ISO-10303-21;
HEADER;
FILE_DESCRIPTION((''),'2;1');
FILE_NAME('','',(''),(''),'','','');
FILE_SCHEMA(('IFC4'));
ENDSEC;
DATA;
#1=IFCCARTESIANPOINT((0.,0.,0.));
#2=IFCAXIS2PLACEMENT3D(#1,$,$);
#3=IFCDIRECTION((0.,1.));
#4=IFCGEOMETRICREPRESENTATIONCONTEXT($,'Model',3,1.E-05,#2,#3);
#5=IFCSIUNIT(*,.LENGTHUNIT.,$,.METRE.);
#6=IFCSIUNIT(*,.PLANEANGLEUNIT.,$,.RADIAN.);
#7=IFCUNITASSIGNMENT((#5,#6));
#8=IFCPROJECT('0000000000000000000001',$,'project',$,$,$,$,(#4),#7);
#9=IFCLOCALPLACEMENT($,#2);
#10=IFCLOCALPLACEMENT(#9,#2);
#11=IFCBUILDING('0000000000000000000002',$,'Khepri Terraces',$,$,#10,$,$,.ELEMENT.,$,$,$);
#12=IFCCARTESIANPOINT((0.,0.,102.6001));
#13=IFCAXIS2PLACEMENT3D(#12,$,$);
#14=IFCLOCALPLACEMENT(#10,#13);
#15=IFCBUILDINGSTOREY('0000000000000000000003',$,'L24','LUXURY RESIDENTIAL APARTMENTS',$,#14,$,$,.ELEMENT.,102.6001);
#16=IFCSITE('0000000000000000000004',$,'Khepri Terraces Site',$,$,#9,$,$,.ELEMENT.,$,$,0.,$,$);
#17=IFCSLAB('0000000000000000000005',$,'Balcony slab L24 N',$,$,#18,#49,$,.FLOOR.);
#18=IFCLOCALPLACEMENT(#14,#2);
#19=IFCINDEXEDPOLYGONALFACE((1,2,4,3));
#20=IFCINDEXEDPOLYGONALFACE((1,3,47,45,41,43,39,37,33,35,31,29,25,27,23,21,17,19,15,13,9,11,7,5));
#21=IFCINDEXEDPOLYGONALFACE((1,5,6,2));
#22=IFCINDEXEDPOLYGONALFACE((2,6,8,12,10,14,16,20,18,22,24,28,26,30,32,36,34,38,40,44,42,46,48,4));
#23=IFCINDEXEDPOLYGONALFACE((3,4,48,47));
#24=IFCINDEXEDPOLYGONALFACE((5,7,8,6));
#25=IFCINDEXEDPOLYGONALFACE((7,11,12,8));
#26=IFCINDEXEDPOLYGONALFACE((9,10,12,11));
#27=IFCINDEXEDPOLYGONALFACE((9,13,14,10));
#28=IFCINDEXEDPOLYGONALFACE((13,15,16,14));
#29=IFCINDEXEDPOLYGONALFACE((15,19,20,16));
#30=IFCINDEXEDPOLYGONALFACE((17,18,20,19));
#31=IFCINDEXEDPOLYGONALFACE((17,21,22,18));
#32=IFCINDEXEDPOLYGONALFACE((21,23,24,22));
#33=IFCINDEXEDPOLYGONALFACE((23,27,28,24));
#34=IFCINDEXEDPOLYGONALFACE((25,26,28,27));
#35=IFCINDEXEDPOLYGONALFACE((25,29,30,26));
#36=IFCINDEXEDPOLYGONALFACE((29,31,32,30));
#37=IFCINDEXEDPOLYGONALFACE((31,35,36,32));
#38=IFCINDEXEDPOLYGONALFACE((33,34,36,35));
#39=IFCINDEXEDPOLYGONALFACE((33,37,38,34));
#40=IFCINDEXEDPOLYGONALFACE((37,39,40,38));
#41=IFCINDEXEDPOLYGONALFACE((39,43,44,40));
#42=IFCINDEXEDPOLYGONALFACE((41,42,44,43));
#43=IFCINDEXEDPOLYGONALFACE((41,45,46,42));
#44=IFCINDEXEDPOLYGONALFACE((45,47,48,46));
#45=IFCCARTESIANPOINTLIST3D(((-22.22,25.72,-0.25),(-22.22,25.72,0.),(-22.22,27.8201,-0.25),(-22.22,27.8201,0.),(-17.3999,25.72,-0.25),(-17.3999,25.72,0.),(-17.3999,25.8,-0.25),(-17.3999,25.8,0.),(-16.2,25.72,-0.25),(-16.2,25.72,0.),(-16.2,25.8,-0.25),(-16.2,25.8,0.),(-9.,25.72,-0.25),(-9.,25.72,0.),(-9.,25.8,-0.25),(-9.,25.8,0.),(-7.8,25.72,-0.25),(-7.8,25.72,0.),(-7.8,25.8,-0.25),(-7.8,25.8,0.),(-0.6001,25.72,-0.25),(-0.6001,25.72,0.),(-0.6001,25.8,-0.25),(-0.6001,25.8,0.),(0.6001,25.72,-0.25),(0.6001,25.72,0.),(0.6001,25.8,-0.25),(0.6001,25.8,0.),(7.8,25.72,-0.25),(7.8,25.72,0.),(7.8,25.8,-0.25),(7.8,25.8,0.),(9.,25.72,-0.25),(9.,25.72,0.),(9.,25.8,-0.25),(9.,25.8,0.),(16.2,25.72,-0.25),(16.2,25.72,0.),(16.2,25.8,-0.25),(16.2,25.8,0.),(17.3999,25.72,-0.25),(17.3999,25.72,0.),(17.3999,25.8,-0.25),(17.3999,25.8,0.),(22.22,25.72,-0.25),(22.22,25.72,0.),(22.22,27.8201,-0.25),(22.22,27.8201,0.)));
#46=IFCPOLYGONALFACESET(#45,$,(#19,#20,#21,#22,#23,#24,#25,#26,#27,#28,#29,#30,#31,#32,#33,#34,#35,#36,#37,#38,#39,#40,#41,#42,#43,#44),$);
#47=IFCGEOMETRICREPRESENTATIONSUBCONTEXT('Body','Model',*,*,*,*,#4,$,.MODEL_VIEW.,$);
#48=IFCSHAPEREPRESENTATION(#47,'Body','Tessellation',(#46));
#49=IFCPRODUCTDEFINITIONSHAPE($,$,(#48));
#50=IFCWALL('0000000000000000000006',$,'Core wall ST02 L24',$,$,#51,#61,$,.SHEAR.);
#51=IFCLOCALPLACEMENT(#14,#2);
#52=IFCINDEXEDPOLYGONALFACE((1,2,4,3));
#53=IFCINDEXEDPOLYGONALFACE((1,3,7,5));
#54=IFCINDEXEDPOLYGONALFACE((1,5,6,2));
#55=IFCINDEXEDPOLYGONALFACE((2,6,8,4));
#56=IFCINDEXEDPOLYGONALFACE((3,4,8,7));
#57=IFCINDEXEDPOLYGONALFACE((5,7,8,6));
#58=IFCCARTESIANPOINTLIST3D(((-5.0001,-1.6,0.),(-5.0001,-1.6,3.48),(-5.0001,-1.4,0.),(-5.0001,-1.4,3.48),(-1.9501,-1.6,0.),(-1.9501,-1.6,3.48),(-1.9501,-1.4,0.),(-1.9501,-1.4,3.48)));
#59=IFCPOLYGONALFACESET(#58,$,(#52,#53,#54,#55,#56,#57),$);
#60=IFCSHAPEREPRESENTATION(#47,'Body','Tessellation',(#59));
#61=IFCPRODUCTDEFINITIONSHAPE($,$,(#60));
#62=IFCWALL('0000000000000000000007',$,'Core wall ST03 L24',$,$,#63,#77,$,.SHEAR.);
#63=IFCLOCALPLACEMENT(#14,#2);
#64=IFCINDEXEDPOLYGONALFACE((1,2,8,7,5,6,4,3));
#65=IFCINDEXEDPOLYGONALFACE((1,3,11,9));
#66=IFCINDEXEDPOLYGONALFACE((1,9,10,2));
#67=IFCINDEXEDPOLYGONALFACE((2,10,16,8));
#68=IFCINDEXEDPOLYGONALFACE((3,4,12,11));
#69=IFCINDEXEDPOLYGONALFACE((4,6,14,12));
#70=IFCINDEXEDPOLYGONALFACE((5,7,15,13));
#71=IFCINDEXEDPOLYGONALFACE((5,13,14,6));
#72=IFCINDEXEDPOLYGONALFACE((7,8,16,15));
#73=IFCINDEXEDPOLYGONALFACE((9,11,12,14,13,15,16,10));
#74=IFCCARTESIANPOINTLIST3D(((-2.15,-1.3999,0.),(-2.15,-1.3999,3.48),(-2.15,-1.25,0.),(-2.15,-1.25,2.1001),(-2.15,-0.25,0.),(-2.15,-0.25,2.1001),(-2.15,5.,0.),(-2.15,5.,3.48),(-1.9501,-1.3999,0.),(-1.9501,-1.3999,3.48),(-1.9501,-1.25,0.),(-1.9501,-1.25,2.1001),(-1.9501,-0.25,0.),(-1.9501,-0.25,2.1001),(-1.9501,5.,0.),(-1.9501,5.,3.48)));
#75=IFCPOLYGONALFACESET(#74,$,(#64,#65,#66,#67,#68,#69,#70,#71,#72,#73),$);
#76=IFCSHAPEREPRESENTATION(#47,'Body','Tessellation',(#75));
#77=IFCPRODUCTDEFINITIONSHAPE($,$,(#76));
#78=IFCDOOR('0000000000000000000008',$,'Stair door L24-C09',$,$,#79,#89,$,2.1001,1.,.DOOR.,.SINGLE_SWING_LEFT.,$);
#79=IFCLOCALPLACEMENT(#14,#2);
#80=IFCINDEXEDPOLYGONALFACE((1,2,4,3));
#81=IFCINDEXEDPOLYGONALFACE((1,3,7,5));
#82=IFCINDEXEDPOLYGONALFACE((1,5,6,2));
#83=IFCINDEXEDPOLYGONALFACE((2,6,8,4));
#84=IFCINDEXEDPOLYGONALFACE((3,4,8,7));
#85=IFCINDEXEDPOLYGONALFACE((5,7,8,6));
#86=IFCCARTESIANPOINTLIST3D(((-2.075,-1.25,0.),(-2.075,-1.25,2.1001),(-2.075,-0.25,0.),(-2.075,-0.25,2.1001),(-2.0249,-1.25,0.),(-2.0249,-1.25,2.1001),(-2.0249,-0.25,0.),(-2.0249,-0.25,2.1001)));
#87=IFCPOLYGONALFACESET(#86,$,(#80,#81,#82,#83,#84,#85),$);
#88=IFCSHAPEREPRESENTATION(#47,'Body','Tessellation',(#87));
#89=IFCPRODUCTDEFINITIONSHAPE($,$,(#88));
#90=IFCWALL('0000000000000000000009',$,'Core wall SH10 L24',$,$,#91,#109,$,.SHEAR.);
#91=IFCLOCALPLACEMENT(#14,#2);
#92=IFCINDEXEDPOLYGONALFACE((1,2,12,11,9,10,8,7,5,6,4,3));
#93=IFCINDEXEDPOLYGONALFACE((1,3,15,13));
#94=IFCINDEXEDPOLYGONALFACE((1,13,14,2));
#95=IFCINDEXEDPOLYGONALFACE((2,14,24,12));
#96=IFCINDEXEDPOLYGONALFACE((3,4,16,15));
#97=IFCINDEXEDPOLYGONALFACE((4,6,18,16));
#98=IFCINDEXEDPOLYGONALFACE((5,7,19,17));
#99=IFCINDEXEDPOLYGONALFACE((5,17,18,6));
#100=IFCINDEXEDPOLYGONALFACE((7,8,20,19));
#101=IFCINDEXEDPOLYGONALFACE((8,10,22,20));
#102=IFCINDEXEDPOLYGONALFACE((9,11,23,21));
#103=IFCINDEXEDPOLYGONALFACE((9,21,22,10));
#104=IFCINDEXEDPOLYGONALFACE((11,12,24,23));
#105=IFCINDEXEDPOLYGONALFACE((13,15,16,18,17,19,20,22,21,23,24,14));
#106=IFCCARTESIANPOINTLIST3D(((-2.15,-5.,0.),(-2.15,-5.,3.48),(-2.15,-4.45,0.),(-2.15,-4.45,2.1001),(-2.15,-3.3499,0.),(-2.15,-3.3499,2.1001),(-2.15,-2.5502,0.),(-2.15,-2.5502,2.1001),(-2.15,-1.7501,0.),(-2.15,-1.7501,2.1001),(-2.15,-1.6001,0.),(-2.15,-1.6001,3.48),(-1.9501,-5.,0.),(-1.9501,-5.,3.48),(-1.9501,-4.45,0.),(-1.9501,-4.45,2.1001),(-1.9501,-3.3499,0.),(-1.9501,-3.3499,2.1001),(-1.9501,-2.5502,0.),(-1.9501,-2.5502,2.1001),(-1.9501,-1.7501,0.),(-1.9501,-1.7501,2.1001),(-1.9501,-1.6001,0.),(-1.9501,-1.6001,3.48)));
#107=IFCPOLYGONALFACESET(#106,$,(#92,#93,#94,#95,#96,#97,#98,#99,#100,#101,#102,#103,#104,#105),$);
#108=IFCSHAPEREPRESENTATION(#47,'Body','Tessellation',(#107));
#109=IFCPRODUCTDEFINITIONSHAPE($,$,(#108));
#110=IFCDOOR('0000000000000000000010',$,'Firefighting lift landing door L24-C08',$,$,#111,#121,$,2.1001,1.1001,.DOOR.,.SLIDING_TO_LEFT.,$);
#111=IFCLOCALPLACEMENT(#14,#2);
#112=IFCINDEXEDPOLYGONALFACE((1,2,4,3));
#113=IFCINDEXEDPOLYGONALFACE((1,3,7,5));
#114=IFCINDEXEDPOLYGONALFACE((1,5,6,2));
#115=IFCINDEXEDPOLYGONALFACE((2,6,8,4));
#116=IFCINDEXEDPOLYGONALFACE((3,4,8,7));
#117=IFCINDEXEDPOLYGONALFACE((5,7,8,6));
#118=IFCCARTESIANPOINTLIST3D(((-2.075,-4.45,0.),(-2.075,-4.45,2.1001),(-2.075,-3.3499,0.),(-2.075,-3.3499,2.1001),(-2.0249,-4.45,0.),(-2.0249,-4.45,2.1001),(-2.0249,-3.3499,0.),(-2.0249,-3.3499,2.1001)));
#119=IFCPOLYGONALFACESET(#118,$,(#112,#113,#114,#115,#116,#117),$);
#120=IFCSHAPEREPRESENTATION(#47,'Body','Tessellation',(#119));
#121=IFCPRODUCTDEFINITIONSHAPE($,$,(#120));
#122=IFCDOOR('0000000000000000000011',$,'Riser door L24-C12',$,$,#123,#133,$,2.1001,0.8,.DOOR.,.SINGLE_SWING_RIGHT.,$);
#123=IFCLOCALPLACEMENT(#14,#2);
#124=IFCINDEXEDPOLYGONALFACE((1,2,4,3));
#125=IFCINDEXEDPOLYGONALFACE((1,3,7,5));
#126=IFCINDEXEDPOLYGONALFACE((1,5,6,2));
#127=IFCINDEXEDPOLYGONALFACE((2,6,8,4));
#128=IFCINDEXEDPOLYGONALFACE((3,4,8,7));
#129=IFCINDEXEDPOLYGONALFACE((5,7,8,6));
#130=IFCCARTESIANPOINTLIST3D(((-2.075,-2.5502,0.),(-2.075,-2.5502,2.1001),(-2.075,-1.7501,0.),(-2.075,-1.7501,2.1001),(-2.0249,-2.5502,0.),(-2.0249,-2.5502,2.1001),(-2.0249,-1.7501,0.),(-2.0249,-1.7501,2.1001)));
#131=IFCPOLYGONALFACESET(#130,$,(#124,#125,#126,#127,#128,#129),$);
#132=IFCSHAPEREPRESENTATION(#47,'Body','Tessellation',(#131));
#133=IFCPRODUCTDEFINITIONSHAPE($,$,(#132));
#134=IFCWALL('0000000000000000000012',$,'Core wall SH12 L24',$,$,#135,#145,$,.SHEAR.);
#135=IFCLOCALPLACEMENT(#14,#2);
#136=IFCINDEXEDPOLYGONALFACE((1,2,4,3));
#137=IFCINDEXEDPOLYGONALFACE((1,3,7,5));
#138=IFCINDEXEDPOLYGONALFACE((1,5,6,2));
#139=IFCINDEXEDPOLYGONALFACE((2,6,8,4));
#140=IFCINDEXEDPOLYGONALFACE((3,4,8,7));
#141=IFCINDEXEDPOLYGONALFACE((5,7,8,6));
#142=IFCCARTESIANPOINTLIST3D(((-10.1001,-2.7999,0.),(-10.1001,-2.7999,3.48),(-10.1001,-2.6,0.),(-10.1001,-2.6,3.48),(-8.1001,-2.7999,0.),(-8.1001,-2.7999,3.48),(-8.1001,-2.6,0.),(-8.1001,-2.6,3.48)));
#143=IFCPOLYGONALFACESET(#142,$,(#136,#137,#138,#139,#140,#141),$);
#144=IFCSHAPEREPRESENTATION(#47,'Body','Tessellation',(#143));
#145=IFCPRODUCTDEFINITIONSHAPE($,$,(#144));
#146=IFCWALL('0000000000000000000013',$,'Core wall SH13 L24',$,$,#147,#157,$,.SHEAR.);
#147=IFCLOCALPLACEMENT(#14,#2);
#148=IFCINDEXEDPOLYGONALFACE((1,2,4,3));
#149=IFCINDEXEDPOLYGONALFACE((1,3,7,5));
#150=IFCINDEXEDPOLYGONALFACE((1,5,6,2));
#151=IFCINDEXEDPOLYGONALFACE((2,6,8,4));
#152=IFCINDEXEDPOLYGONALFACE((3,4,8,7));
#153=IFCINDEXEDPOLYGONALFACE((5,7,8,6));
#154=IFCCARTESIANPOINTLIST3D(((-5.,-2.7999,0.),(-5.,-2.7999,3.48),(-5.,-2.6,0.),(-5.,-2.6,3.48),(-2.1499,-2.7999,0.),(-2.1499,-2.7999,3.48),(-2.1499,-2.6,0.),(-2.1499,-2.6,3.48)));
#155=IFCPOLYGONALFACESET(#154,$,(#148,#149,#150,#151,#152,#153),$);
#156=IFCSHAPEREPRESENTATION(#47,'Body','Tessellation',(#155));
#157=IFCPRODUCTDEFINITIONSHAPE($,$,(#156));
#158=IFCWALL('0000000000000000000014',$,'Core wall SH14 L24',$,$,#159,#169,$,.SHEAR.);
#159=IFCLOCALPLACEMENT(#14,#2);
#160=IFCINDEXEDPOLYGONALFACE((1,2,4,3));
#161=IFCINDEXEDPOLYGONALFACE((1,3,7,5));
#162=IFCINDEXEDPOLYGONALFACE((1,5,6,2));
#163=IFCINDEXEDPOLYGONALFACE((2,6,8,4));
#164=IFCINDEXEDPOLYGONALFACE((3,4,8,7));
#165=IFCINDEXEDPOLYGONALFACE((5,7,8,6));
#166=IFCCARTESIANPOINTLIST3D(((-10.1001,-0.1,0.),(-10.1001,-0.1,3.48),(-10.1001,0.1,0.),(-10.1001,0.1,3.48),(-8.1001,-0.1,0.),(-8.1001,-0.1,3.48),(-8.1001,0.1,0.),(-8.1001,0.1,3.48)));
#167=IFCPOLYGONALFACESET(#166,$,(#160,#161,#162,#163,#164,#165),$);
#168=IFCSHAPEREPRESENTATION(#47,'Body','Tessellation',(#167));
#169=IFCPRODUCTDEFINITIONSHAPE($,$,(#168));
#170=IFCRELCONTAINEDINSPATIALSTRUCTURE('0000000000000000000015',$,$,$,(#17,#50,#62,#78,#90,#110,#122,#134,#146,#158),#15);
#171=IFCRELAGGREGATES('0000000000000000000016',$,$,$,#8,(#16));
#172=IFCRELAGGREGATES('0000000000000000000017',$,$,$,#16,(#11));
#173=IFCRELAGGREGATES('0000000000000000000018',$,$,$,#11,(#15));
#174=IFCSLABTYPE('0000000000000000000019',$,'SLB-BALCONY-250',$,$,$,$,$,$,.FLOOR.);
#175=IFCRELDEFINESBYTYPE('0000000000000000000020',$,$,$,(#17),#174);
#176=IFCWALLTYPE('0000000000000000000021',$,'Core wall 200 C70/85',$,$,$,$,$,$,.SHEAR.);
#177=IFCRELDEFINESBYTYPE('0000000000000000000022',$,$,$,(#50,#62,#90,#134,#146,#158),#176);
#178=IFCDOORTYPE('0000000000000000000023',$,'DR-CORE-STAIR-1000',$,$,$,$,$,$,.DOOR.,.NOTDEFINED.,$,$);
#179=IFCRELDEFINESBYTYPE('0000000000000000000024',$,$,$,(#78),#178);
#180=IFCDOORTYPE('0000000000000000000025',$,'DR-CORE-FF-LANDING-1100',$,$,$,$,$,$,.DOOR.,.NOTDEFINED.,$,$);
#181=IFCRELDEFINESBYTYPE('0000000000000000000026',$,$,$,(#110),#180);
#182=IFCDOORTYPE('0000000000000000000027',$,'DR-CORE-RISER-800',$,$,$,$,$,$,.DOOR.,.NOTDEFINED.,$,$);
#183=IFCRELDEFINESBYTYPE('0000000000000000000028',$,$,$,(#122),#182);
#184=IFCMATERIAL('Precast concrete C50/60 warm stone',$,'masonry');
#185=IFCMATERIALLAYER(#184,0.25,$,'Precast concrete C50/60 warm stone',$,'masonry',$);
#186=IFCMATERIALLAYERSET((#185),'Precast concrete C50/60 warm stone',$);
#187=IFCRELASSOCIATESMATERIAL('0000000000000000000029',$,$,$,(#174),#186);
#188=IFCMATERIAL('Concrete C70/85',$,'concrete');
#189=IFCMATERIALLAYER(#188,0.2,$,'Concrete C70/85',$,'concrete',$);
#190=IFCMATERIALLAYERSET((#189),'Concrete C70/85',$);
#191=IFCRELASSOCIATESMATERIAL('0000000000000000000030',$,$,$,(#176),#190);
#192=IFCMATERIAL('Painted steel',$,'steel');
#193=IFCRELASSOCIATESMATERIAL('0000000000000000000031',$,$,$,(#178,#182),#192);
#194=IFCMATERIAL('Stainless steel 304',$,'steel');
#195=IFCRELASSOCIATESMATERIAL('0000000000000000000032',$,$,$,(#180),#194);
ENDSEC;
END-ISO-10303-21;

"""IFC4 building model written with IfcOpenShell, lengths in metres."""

from ifc_helpers import new_model, si_unit, direction, frame, frame_2d, origin, place, context, subcontext, project, spatial, polyline, rectangle, outline, extrude, material, layer, layer_set, type_object, element, fill, save


model = new_model("IFC4")

# Units and contexts
model_context = context("Model", 3, precision=1e-05, world=origin(), true_north=direction((0.0, 1.0)))
body_context = subcontext(model_context, "Body", "Model", "MODEL_VIEW")
ifc_project = project(units=[si_unit("LENGTHUNIT", "METRE"), si_unit("PLANEANGLEUNIT", "RADIAN")], contexts=[model_context])

# Site, building, storey
site_placement = place(None, origin())
site = spatial("IfcSite", under=ifc_project, at=site_placement, Name="Khepri Terraces Site", CompositionType="ELEMENT", RefElevation=0.0)
building_placement = place(site_placement, origin())
building = spatial("IfcBuilding", under=site, at=building_placement, Name="Khepri Terraces", CompositionType="ELEMENT")
storey_placement = place(building_placement, frame((0.0, 0.0, 102.6001)))
storey = spatial("IfcBuildingStorey", under=building, at=storey_placement, Name="L24", Description="LUXURY RESIDENTIAL APARTMENTS", CompositionType="ELEMENT", Elevation=102.6001)

# Slab
ifc_material_1 = material(Name="Precast concrete C50/60 warm stone", Category="masonry")
ifc_layer_1 = layer(ifc_material_1, 0.25, Name="Precast concrete C50/60 warm stone", Category="masonry")
ifc_layer_set_1 = layer_set([ifc_layer_1], Name="Precast concrete C50/60 warm stone")
slab_type_1 = type_object("IfcSlabType", Name="SLB-BALCONY-250", PredefinedType="FLOOR", material=ifc_layer_set_1)
slab_1_placement = place(storey_placement, frame((0.0, 0.0, -0.25)))
element("IfcSlab", 1, at=slab_1_placement, inside=storey, type_object=slab_type_1, Name="Balcony slab L24 N", PredefinedType="FLOOR", context=body_context, shape_type="SweptSolid", body=[
    extrude(outline(polyline([(17.3999, 25.72), (22.22, 25.72), (22.22, 27.8201), (-22.22, 27.8201), (-22.22, 25.72), (-17.3999, 25.72), (-17.3999, 25.8), (-16.2, 25.8), (-16.2, 25.72), (-9.0, 25.72), (-9.0, 25.8), (-7.8, 25.8), (-7.8, 25.72), (-0.6001, 25.72), (-0.6001, 25.8), (0.6001, 25.8), (0.6001, 25.72), (7.8, 25.72), (7.8, 25.8), (9.0, 25.8), (9.0, 25.72), (16.2, 25.72), (16.2, 25.8), (17.3999, 25.8), (17.3999, 25.72)])), origin(), (0.0, 0.0, 1.0), 0.25),
])

# Wall
ifc_material_2 = material(Name="Concrete C70/85", Category="concrete")
ifc_layer_2 = layer(ifc_material_2, 0.2, Name="Concrete C70/85", Category="concrete")
ifc_layer_set_2 = layer_set([ifc_layer_2], Name="Concrete C70/85")
wall_type_1 = type_object("IfcWallType", Name="Core wall 200 C70/85", PredefinedType="SHEAR", material=ifc_layer_set_2)
wall_1_placement = place(storey_placement, frame((-5.0, -1.5, 0.0), z_axis=(0.0, 0.0, 1.0), x_axis=(1.0, 0.0, 0.0)))
element("IfcWall", 2, at=wall_1_placement, inside=storey, type_object=wall_type_1, Name="Core wall ST02 L24", PredefinedType="SHEAR", context=body_context, shape_type="SweptSolid", body=[
    extrude(rectangle(XDim=3.05, YDim=0.2, at=frame_2d((1.5249, 0.0))), origin(), (0.0, 0.0, 1.0), 3.48),
])

# Wall, opening, door
wall_2_placement = place(storey_placement, frame((-2.05, -1.3999, 0.0), z_axis=(0.0, 0.0, 1.0), x_axis=(0.0, 1.0, 0.0)))
wall_2 = element("IfcWall", 3, at=wall_2_placement, inside=storey, type_object=wall_type_1, Name="Core wall ST03 L24", PredefinedType="SHEAR", context=body_context, shape_type="SweptSolid", body=[
    extrude(rectangle(XDim=6.3999, YDim=0.2, at=frame_2d((3.2, 0.0))), origin(), (0.0, 0.0, 1.0), 3.48),
])
opening_1_placement = place(wall_2_placement, frame((0.1499, 0.0, 0.0)))
opening_1 = element("IfcOpeningElement", 4, at=opening_1_placement, cuts=wall_2, PredefinedType="OPENING", context=body_context, shape_type="SweptSolid", body=[
    extrude(rectangle(XDim=1.0, YDim=2.1001, at=frame_2d((0.5, 1.05))), frame((0.0, 0.1099, 0.0), z_axis=(0.0, -1.0, 0.0), x_axis=(1.0, 0.0, 0.0)), (0.0, 0.0, 1.0), 0.22),
])
ifc_material_3 = material(Name="Painted steel", Category="steel")
door_type_1 = type_object("IfcDoorType", Name="DR-CORE-STAIR-1000", OperationType="NOTDEFINED", PredefinedType="DOOR", material=ifc_material_3)
door_1_placement = place(opening_1_placement, origin())
door_1 = element("IfcDoor", 5, at=door_1_placement, inside=storey, type_object=door_type_1, Name="Stair door L24-C09", OperationType="SINGLE_SWING_LEFT", OverallHeight=2.1001, OverallWidth=1.0, PredefinedType="DOOR", context=body_context, shape_type="SweptSolid", body=[
    extrude(rectangle(XDim=1.0, YDim=2.1001, at=frame_2d((0.5, 1.05))), frame((0.0, 0.0249, 0.0), z_axis=(0.0, -1.0, 0.0), x_axis=(1.0, 0.0, 0.0)), (0.0, 0.0, 1.0), 0.05),
])
fill(opening_1, door_1)

# Wall, openings, doors
wall_3_placement = place(storey_placement, frame((-2.05, -5.0, 0.0), z_axis=(0.0, 0.0, 1.0), x_axis=(0.0, 1.0, 0.0)))
wall_3 = element("IfcWall", 6, at=wall_3_placement, inside=storey, type_object=wall_type_1, Name="Core wall SH10 L24", PredefinedType="SHEAR", context=body_context, shape_type="SweptSolid", body=[
    extrude(rectangle(XDim=3.3999, YDim=0.2, at=frame_2d((1.7, 0.0))), origin(), (0.0, 0.0, 1.0), 3.48),
])
opening_2_placement = place(wall_3_placement, frame((0.55, 0.0, 0.0)))
opening_2 = element("IfcOpeningElement", 7, at=opening_2_placement, cuts=wall_3, PredefinedType="OPENING", context=body_context, shape_type="SweptSolid", body=[
    extrude(rectangle(XDim=1.1001, YDim=2.1001, at=frame_2d((0.55, 1.05))), frame((0.0, 0.1099, 0.0), z_axis=(0.0, -1.0, 0.0), x_axis=(1.0, 0.0, 0.0)), (0.0, 0.0, 1.0), 0.22),
])
opening_3_placement = place(wall_3_placement, frame((2.45, 0.0, 0.0)))
opening_3 = element("IfcOpeningElement", 8, at=opening_3_placement, cuts=wall_3, PredefinedType="OPENING", context=body_context, shape_type="SweptSolid", body=[
    extrude(rectangle(XDim=0.8, YDim=2.1001, at=frame_2d((0.3999, 1.05))), frame((0.0, 0.1099, 0.0), z_axis=(0.0, -1.0, 0.0), x_axis=(1.0, 0.0, 0.0)), (0.0, 0.0, 1.0), 0.22),
])
ifc_material_4 = material(Name="Stainless steel 304", Category="steel")
door_type_2 = type_object("IfcDoorType", Name="DR-CORE-FF-LANDING-1100", OperationType="NOTDEFINED", PredefinedType="DOOR", material=ifc_material_4)
door_2_placement = place(opening_2_placement, origin())
door_2 = element("IfcDoor", 9, at=door_2_placement, inside=storey, type_object=door_type_2, Name="Firefighting lift landing door L24-C08", OperationType="SLIDING_TO_LEFT", OverallHeight=2.1001, OverallWidth=1.1001, PredefinedType="DOOR", context=body_context, shape_type="SweptSolid", body=[
    extrude(rectangle(XDim=1.1001, YDim=2.1001, at=frame_2d((0.55, 1.05))), frame((0.0, 0.0249, 0.0), z_axis=(0.0, -1.0, 0.0), x_axis=(1.0, 0.0, 0.0)), (0.0, 0.0, 1.0), 0.05),
])
fill(opening_2, door_2)
door_type_3 = type_object("IfcDoorType", Name="DR-CORE-RISER-800", OperationType="NOTDEFINED", PredefinedType="DOOR", material=ifc_material_3)
door_3_placement = place(opening_3_placement, origin())
door_3 = element("IfcDoor", 10, at=door_3_placement, inside=storey, type_object=door_type_3, Name="Riser door L24-C12", OperationType="SINGLE_SWING_RIGHT", OverallHeight=2.1001, OverallWidth=0.8, PredefinedType="DOOR", context=body_context, shape_type="SweptSolid", body=[
    extrude(rectangle(XDim=0.8, YDim=2.1001, at=frame_2d((0.3999, 1.05))), frame((0.0, 0.0249, 0.0), z_axis=(0.0, -1.0, 0.0), x_axis=(1.0, 0.0, 0.0)), (0.0, 0.0, 1.0), 0.05),
])
fill(opening_3, door_3)

# Walls
wall_4_placement = place(storey_placement, frame((-10.1001, -2.7, 0.0), z_axis=(0.0, 0.0, 1.0), x_axis=(1.0, 0.0, 0.0)))
element("IfcWall", 11, at=wall_4_placement, inside=storey, type_object=wall_type_1, Name="Core wall SH12 L24", PredefinedType="SHEAR", context=body_context, shape_type="SweptSolid", body=[
    extrude(rectangle(XDim=2.0, YDim=0.2, at=frame_2d((1.0, 0.0))), origin(), (0.0, 0.0, 1.0), 3.48),
])
wall_5_placement = place(storey_placement, frame((-5.0, -2.7, 0.0), z_axis=(0.0, 0.0, 1.0), x_axis=(1.0, 0.0, 0.0)))
element("IfcWall", 12, at=wall_5_placement, inside=storey, type_object=wall_type_1, Name="Core wall SH13 L24", PredefinedType="SHEAR", context=body_context, shape_type="SweptSolid", body=[
    extrude(rectangle(XDim=2.8501, YDim=0.2, at=frame_2d((1.425, 0.0))), origin(), (0.0, 0.0, 1.0), 3.48),
])
wall_6_placement = place(storey_placement, frame((-10.1001, 0.0, 0.0), z_axis=(0.0, 0.0, 1.0), x_axis=(1.0, 0.0, 0.0)))
element("IfcWall", 13, at=wall_6_placement, inside=storey, type_object=wall_type_1, Name="Core wall SH14 L24", PredefinedType="SHEAR", context=body_context, shape_type="SweptSolid", body=[
    extrude(rectangle(XDim=2.0, YDim=0.2, at=frame_2d((1.0, 0.0))), origin(), (0.0, 0.0, 1.0), 3.48),
])

save(model, "model.ifc")
